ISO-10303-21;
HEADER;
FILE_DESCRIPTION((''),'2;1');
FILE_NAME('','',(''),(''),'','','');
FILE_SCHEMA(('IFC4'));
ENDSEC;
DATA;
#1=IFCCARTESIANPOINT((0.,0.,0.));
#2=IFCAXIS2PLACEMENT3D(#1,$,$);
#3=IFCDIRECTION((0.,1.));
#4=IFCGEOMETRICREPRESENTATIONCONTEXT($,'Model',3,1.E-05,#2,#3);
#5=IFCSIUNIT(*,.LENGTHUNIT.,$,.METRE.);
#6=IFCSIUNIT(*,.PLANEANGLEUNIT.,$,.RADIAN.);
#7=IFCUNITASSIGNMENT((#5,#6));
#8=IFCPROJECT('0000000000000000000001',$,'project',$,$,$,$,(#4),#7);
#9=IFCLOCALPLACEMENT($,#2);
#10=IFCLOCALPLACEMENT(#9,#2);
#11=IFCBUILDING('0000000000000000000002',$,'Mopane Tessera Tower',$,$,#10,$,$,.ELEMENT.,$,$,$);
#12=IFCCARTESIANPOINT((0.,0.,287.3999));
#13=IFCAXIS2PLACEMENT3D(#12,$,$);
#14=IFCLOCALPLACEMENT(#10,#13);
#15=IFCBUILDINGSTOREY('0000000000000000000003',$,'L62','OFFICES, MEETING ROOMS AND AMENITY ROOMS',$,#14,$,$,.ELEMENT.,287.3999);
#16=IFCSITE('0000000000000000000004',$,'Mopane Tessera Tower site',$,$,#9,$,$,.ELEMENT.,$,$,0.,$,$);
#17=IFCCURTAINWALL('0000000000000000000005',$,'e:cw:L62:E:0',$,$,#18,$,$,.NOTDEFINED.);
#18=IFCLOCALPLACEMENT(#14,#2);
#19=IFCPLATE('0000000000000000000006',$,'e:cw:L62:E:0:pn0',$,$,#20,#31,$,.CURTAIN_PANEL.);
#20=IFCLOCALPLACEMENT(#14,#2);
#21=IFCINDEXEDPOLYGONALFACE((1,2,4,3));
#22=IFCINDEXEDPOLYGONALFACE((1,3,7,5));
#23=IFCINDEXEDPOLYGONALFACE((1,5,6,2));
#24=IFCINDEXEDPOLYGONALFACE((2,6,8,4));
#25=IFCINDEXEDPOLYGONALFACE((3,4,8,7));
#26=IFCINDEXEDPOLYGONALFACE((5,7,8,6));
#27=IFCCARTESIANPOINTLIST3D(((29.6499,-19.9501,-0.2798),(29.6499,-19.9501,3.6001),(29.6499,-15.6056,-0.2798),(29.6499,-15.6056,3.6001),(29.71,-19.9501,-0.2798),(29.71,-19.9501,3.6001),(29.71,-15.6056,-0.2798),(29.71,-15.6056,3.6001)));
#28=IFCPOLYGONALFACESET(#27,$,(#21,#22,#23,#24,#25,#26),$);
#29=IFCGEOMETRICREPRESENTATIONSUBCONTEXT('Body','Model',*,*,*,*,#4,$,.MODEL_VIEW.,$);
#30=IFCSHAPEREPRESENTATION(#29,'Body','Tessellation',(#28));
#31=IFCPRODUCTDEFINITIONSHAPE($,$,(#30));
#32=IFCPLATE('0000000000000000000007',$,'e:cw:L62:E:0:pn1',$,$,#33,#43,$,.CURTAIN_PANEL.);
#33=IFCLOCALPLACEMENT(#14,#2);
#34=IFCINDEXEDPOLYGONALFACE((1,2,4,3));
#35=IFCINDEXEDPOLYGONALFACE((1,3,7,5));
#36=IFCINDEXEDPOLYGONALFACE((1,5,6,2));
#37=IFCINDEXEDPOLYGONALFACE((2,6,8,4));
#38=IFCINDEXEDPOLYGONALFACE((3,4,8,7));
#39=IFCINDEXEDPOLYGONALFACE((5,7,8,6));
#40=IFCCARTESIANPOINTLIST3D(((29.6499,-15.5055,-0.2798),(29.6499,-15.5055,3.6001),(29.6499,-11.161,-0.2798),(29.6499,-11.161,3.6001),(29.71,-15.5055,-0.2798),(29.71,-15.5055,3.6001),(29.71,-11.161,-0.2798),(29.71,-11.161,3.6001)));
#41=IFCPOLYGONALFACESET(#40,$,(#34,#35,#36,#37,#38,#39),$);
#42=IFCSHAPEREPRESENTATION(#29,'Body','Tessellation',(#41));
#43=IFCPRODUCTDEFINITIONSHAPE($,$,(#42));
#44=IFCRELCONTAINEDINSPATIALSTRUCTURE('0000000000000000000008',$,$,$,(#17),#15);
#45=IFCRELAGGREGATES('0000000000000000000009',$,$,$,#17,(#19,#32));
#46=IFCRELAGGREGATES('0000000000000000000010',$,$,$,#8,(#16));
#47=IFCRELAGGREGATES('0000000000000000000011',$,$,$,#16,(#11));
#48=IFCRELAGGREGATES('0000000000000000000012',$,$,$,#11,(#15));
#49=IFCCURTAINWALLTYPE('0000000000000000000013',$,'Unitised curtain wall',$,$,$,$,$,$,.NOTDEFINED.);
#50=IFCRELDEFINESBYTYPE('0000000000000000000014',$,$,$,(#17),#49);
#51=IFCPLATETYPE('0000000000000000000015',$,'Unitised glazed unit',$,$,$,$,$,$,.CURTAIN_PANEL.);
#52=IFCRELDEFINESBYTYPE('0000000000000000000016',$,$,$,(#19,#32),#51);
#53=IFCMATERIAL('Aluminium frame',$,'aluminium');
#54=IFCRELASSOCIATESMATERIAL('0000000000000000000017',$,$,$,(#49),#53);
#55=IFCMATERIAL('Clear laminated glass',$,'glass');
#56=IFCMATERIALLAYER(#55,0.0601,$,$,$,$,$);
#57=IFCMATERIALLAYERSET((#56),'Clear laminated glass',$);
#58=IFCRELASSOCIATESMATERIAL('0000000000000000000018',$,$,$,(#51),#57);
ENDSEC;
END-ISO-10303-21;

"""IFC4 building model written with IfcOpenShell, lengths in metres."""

from ifc_helpers import new_model, si_unit, direction, frame, origin, origin_2d, place, context, subcontext, project, spatial, rectangle, extrude, material, layer, layer_set, type_object, element, aggregate, save


model = new_model("IFC4")

# Units and contexts
model_context = context("Model", 3, precision=1e-05, world=origin(), true_north=direction((0.0, 1.0)))
body_context = subcontext(model_context, "Body", "Model", "MODEL_VIEW")
ifc_project = project(units=[si_unit("LENGTHUNIT", "METRE"), si_unit("PLANEANGLEUNIT", "RADIAN")], contexts=[model_context])

# Site, building, storey
site_placement = place(None, origin())
site = spatial("IfcSite", under=ifc_project, at=site_placement, Name="Mopane Tessera Tower site", CompositionType="ELEMENT", RefElevation=0.0)
building_placement = place(site_placement, origin())
building = spatial("IfcBuilding", under=site, at=building_placement, Name="Mopane Tessera Tower", CompositionType="ELEMENT")
storey_placement = place(building_placement, frame((0.0, 0.0, 287.3999)))
storey = spatial("IfcBuildingStorey", under=building, at=storey_placement, Name="L62", Description="OFFICES, MEETING ROOMS AND AMENITY ROOMS", CompositionType="ELEMENT", Elevation=287.3999)

# Curtain wall
ifc_material_1 = material(Name="Aluminium frame", Category="aluminium")
curtain_wall_type = type_object("IfcCurtainWallType", Name="Unitised curtain wall", PredefinedType="NOTDEFINED", material=ifc_material_1)
curtain_wall_1_placement = place(storey_placement, origin())
curtain_wall_1 = element("IfcCurtainWall", 1, at=curtain_wall_1_placement, inside=storey, type_object=curtain_wall_type, Name="e:cw:L62:E:0", PredefinedType="NOTDEFINED")

# Plates
ifc_material_2 = material(Name="Clear laminated glass", Category="glass")
ifc_layer = layer(ifc_material_2, 0.0601)
ifc_layer_set = layer_set([ifc_layer], Name="Clear laminated glass")
plate_type = type_object("IfcPlateType", Name="Unitised glazed unit", PredefinedType="CURTAIN_PANEL", material=ifc_layer_set)
plate_1_placement = place(storey_placement, frame((29.6799, -17.7778, -0.2798), z_axis=(0.0, 0.0, 1.0), x_axis=(0.0, 1.0, 0.0)))
plate_1 = element("IfcPlate", 2, at=plate_1_placement, type_object=plate_type, Name="e:cw:L62:E:0:pn0", PredefinedType="CURTAIN_PANEL", context=body_context, shape_type="SweptSolid", body=[
    extrude(rectangle(XDim=4.3445, YDim=0.0601, at=origin_2d()), origin(), (0.0, 0.0, 1.0), 3.8799),
])
plate_2_placement = place(storey_placement, frame((29.6799, -13.3333, -0.2798), z_axis=(0.0, 0.0, 1.0), x_axis=(0.0, 1.0, 0.0)))
plate_2 = element("IfcPlate", 3, at=plate_2_placement, type_object=plate_type, Name="e:cw:L62:E:0:pn1", PredefinedType="CURTAIN_PANEL", context=body_context, shape_type="SweptSolid", body=[
    extrude(rectangle(XDim=4.3445, YDim=0.0601, at=origin_2d()), origin(), (0.0, 0.0, 1.0), 3.8799),
])
aggregate(curtain_wall_1, [plate_1, plate_2])

save(model, "model.ifc")
